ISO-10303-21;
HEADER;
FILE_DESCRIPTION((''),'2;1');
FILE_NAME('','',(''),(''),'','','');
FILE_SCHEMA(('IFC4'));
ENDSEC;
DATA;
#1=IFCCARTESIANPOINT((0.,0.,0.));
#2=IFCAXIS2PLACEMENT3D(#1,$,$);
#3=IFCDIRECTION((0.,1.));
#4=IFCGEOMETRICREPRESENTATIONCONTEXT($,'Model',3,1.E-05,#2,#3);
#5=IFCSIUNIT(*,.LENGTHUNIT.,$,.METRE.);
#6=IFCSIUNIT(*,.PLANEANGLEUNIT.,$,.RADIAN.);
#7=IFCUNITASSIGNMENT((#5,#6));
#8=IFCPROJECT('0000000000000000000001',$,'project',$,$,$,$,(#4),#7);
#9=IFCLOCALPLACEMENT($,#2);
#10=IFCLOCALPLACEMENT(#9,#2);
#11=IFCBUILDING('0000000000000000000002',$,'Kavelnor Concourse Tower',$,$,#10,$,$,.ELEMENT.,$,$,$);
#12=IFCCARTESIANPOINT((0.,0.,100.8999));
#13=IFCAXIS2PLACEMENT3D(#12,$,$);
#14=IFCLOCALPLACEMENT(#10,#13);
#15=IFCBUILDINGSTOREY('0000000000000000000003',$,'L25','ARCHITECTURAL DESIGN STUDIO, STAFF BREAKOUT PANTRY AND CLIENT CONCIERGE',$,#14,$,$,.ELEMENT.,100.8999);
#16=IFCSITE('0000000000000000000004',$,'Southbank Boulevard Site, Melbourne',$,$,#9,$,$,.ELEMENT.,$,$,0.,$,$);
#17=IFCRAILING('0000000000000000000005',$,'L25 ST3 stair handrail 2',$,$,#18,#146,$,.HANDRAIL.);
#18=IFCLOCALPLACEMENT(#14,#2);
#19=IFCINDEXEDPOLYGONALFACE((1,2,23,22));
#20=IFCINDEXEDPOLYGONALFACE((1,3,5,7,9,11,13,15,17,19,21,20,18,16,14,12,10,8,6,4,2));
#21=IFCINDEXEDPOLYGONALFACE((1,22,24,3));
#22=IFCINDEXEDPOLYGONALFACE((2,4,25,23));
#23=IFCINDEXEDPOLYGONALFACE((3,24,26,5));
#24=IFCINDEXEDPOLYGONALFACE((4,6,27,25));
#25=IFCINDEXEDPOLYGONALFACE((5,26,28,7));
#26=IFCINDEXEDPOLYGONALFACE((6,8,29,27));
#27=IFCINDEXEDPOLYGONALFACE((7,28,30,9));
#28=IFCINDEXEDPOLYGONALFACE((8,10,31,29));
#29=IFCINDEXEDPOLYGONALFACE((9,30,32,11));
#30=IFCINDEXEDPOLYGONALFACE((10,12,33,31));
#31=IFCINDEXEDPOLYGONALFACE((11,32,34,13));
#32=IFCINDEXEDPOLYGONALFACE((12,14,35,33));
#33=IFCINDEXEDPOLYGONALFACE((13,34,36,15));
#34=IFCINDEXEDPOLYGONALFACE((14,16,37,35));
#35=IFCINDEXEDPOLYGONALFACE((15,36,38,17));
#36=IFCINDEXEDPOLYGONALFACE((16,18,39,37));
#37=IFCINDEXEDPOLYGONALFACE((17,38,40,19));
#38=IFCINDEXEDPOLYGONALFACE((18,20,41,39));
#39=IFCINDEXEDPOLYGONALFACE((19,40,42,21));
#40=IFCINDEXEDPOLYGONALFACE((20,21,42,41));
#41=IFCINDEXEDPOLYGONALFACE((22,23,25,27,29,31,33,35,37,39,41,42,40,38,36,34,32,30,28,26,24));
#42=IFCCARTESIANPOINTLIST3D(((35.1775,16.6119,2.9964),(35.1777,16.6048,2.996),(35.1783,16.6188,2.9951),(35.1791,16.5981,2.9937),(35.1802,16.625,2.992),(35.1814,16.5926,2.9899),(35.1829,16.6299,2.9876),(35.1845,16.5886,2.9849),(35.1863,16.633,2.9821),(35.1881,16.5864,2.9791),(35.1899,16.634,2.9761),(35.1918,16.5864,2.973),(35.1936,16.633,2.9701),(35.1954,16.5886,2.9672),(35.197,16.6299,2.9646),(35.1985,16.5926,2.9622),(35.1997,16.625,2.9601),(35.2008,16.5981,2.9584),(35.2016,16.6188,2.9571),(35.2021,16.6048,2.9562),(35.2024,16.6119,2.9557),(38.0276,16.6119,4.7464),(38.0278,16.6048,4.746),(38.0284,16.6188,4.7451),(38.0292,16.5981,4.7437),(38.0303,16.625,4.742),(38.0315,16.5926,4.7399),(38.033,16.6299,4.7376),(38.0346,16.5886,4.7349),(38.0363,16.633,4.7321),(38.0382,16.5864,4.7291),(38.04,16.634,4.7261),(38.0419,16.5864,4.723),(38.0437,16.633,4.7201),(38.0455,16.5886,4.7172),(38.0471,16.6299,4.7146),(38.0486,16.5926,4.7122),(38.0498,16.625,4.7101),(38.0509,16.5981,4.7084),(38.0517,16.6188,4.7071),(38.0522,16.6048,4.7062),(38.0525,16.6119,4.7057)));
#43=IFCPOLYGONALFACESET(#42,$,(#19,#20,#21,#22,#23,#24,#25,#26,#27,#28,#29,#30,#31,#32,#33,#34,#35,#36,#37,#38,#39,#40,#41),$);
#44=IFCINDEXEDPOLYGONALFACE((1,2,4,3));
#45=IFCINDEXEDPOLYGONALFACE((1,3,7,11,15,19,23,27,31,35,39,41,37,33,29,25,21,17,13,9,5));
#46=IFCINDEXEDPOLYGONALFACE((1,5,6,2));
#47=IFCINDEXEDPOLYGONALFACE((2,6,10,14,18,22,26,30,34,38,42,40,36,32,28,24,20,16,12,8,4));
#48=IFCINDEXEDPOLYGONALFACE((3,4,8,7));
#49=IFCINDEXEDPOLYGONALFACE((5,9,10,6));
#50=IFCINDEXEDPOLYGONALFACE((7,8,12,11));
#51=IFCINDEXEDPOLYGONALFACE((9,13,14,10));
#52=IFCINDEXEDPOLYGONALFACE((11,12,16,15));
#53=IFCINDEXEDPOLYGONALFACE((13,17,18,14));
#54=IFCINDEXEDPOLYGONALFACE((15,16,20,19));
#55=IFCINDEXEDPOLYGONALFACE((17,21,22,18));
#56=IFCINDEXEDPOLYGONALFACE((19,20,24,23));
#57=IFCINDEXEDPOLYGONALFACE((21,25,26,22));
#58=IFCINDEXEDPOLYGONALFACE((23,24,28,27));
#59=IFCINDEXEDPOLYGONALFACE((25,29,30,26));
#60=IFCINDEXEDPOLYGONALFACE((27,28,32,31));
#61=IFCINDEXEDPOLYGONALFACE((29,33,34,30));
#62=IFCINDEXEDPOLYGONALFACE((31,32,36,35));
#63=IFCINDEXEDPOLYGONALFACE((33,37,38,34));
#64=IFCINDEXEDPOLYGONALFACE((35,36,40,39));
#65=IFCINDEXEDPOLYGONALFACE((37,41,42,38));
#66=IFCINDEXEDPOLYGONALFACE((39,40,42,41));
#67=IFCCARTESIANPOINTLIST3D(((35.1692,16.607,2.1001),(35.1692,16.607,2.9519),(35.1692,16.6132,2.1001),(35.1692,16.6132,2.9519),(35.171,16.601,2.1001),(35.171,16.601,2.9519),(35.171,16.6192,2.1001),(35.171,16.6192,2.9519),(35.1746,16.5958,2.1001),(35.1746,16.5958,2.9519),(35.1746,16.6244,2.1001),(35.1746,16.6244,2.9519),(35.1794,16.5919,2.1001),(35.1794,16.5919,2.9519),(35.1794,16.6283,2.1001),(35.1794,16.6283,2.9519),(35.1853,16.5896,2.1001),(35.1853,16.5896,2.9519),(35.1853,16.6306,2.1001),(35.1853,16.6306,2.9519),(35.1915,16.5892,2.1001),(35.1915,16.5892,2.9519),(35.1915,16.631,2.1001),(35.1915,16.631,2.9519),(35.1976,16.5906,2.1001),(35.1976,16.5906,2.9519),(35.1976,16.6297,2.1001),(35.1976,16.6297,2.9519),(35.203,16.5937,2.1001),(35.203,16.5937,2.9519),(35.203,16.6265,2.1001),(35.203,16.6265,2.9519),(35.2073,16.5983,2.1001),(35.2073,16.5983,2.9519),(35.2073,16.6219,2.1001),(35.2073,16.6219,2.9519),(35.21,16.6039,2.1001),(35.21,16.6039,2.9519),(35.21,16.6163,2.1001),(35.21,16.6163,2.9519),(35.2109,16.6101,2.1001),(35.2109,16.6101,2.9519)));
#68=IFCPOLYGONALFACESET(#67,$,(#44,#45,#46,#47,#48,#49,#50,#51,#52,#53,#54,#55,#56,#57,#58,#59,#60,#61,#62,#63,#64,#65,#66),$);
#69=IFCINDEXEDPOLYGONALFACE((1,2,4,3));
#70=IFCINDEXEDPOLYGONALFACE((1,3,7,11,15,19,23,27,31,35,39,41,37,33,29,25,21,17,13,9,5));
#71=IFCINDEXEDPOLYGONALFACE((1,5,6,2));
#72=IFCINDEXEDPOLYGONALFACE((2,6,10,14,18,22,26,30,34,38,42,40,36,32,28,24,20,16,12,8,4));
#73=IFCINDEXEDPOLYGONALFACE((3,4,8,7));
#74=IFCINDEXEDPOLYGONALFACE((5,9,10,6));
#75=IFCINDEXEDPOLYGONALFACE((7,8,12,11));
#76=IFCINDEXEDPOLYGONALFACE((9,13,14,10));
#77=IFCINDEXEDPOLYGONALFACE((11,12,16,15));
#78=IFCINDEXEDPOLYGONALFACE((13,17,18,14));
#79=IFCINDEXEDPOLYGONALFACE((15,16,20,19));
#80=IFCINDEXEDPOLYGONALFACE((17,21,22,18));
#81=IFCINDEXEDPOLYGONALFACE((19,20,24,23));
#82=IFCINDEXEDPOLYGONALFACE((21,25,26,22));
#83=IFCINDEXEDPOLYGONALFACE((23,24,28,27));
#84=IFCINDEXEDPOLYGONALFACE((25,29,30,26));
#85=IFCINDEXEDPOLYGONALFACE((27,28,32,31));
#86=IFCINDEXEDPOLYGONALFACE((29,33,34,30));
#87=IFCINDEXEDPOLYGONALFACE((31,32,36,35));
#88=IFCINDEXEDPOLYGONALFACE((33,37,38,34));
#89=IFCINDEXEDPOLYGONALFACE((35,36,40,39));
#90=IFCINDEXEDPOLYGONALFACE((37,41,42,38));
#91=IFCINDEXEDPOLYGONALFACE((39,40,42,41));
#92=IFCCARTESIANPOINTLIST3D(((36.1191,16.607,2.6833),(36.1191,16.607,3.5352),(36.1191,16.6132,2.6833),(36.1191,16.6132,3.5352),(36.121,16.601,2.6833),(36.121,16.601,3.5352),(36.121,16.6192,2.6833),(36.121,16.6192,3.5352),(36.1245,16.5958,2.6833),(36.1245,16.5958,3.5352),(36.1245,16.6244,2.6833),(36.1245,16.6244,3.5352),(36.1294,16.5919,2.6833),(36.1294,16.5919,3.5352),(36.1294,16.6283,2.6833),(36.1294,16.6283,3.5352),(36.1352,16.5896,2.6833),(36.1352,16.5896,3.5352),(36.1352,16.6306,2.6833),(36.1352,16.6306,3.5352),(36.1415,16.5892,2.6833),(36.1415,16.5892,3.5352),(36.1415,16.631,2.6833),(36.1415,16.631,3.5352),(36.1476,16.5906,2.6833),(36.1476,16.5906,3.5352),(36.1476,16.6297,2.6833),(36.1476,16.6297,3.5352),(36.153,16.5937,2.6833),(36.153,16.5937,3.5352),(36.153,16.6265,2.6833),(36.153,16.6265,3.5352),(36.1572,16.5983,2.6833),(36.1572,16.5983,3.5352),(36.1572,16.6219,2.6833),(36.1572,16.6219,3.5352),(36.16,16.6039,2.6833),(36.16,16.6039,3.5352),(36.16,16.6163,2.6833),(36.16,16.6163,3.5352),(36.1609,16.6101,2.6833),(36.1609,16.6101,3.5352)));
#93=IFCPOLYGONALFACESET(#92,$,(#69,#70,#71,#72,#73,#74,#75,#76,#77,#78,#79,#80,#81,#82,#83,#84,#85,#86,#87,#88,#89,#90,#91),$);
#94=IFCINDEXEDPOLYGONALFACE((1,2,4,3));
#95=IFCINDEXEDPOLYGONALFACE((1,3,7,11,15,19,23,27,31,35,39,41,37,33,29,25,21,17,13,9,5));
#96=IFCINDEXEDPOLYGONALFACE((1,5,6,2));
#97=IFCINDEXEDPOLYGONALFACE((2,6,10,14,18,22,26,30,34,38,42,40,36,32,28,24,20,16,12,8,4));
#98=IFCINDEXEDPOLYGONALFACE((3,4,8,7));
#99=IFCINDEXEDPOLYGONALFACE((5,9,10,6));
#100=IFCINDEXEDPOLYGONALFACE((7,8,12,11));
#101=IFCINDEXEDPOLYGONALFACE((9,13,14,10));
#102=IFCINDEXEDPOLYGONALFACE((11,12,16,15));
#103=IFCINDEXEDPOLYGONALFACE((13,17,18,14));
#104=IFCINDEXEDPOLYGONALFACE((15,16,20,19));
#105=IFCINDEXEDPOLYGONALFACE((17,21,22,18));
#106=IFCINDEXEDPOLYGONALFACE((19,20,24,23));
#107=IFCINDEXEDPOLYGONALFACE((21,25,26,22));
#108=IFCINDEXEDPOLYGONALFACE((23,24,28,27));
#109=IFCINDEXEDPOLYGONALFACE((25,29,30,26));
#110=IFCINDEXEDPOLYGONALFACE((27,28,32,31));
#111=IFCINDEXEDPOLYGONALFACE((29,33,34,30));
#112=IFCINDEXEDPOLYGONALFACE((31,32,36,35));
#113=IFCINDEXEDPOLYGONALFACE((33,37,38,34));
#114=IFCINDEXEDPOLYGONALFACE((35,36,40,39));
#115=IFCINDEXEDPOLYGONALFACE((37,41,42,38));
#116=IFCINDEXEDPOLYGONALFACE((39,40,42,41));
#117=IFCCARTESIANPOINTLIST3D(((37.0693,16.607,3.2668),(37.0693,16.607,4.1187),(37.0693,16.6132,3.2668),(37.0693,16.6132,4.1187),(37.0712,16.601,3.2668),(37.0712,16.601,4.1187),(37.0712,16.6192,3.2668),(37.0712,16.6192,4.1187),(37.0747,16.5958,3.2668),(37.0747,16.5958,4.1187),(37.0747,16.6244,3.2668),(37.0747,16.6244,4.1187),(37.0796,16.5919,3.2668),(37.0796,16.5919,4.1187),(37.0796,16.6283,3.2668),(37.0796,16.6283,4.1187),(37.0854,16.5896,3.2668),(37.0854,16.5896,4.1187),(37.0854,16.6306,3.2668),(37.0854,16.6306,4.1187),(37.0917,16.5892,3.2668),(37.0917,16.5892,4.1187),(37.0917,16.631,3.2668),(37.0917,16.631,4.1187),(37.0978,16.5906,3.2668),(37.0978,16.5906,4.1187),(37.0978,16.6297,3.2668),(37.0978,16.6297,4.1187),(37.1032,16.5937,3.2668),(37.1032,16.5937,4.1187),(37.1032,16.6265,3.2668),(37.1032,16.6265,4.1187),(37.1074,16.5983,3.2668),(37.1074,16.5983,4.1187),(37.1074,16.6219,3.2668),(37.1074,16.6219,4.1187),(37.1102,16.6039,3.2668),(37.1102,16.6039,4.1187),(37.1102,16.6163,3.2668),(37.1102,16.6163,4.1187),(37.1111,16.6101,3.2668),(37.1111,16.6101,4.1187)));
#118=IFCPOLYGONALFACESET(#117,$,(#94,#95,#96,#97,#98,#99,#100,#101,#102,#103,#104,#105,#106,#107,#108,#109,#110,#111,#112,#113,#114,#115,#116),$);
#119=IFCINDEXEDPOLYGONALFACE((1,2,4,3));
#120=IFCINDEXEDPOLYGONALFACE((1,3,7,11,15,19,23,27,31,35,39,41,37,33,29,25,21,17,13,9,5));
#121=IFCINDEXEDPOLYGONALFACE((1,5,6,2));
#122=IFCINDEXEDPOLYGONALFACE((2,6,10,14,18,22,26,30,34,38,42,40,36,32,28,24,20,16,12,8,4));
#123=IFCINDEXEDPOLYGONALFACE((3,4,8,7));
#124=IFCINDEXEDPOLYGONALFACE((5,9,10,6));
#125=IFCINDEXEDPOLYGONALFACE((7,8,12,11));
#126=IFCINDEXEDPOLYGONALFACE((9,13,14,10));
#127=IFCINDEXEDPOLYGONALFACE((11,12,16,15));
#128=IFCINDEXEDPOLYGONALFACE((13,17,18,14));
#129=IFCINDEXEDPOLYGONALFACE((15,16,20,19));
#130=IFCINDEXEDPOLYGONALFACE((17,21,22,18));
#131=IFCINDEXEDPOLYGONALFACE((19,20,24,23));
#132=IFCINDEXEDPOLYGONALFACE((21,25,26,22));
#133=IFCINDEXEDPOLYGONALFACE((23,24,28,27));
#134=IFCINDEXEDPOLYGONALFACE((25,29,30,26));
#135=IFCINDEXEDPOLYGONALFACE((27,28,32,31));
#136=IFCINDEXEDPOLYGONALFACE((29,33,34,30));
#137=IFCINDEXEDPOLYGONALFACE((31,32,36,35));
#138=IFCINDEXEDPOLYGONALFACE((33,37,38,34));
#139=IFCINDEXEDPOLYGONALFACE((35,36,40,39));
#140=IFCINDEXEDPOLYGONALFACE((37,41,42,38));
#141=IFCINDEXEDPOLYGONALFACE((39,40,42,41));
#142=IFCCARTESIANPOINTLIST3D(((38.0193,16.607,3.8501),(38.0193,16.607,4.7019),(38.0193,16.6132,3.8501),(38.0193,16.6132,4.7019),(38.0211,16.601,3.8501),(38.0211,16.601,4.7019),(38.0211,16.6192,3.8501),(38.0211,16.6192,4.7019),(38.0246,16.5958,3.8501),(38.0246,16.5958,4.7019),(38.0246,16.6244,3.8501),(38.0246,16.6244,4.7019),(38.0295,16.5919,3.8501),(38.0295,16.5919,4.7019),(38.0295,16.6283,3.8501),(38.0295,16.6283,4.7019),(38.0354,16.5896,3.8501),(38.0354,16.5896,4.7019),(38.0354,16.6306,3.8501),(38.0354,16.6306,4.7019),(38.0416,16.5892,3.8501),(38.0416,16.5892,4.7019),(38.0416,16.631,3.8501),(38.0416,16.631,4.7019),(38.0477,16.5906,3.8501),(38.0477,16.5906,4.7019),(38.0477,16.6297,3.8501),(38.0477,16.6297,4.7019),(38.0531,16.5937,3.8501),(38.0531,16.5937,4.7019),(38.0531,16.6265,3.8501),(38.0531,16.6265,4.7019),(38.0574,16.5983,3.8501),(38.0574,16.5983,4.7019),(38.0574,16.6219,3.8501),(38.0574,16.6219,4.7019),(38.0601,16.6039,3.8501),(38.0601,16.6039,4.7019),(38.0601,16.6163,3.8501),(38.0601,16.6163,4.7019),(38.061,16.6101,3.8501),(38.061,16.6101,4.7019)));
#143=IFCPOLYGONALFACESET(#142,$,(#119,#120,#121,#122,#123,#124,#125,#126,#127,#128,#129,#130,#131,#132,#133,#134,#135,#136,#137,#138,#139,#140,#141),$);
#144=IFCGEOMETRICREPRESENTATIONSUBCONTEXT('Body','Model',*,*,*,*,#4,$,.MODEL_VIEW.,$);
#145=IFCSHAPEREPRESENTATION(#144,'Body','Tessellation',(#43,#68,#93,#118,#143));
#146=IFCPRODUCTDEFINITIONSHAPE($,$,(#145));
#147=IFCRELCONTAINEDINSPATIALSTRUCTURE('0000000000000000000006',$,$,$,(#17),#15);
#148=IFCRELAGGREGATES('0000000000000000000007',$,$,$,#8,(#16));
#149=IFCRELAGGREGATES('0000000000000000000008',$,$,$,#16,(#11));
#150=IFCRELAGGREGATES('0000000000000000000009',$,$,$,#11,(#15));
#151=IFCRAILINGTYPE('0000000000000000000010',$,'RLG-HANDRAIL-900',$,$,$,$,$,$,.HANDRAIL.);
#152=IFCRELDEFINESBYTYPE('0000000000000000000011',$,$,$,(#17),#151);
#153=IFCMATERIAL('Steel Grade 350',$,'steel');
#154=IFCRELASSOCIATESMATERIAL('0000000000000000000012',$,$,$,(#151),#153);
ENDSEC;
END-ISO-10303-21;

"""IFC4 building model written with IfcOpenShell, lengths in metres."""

from ifc_helpers import new_model, si_unit, direction, frame, origin, origin_2d, place, context, subcontext, project, spatial, circle, extrude, material, type_object, element, save


model = new_model("IFC4")

# Units and contexts
model_context = context("Model", 3, precision=1e-05, world=origin(), true_north=direction((0.0, 1.0)))
body_context = subcontext(model_context, "Body", "Model", "MODEL_VIEW")
ifc_project = project(units=[si_unit("LENGTHUNIT", "METRE"), si_unit("PLANEANGLEUNIT", "RADIAN")], contexts=[model_context])

# Site, building, storey
site_placement = place(None, origin())
site = spatial("IfcSite", under=ifc_project, at=site_placement, Name="Southbank Boulevard Site, Melbourne", CompositionType="ELEMENT", RefElevation=0.0)
building_placement = place(site_placement, origin())
building = spatial("IfcBuilding", under=site, at=building_placement, Name="Kavelnor Concourse Tower", CompositionType="ELEMENT")
storey_placement = place(building_placement, frame((0.0, 0.0, 100.8999)))
storey = spatial("IfcBuildingStorey", under=building, at=storey_placement, Name="L25", Description="ARCHITECTURAL DESIGN STUDIO, STAFF BREAKOUT PANTRY AND CLIENT CONCIERGE", CompositionType="ELEMENT", Elevation=100.8999)

# Shared definitions
ifc_material_1 = material(Name="Steel Grade 350", Category="steel")

# Railing
railing_type_1 = type_object("IfcRailingType", Name="RLG-HANDRAIL-900", PredefinedType="HANDRAIL", material=ifc_material_1)
railing_1_placement = place(storey_placement, frame((35.1899, 16.6101, 2.1001)))
element("IfcRailing", 1, at=railing_1_placement, inside=storey, type_object=railing_type_1, Name="L25 ST3 stair handrail 2", PredefinedType="HANDRAIL", context=body_context, shape_type="SweptSolid", body=[
    extrude(circle(Radius=0.0239, at=origin_2d()), frame((0.0, 0.0, 0.876), z_axis=(0.852179, 0.0, 0.52325), x_axis=(0.0, 1.0, 0.0)), (0.0, 0.0, 1.0), 3.3445),
    extrude(circle(Radius=0.021, at=origin_2d()), origin(), (0.0, 0.0, 1.0), 0.8518),
    extrude(circle(Radius=0.021, at=origin_2d()), frame((0.95, 0.0, 0.5833)), (0.0, 0.0, 1.0), 0.8518),
    extrude(circle(Radius=0.021, at=origin_2d()), frame((1.9001, 0.0, 1.1667)), (0.0, 0.0, 1.0), 0.8518),
    extrude(circle(Radius=0.021, at=origin_2d()), frame((2.8501, 0.0, 1.75)), (0.0, 0.0, 1.0), 0.8518),
])

save(model, "model.ifc")
